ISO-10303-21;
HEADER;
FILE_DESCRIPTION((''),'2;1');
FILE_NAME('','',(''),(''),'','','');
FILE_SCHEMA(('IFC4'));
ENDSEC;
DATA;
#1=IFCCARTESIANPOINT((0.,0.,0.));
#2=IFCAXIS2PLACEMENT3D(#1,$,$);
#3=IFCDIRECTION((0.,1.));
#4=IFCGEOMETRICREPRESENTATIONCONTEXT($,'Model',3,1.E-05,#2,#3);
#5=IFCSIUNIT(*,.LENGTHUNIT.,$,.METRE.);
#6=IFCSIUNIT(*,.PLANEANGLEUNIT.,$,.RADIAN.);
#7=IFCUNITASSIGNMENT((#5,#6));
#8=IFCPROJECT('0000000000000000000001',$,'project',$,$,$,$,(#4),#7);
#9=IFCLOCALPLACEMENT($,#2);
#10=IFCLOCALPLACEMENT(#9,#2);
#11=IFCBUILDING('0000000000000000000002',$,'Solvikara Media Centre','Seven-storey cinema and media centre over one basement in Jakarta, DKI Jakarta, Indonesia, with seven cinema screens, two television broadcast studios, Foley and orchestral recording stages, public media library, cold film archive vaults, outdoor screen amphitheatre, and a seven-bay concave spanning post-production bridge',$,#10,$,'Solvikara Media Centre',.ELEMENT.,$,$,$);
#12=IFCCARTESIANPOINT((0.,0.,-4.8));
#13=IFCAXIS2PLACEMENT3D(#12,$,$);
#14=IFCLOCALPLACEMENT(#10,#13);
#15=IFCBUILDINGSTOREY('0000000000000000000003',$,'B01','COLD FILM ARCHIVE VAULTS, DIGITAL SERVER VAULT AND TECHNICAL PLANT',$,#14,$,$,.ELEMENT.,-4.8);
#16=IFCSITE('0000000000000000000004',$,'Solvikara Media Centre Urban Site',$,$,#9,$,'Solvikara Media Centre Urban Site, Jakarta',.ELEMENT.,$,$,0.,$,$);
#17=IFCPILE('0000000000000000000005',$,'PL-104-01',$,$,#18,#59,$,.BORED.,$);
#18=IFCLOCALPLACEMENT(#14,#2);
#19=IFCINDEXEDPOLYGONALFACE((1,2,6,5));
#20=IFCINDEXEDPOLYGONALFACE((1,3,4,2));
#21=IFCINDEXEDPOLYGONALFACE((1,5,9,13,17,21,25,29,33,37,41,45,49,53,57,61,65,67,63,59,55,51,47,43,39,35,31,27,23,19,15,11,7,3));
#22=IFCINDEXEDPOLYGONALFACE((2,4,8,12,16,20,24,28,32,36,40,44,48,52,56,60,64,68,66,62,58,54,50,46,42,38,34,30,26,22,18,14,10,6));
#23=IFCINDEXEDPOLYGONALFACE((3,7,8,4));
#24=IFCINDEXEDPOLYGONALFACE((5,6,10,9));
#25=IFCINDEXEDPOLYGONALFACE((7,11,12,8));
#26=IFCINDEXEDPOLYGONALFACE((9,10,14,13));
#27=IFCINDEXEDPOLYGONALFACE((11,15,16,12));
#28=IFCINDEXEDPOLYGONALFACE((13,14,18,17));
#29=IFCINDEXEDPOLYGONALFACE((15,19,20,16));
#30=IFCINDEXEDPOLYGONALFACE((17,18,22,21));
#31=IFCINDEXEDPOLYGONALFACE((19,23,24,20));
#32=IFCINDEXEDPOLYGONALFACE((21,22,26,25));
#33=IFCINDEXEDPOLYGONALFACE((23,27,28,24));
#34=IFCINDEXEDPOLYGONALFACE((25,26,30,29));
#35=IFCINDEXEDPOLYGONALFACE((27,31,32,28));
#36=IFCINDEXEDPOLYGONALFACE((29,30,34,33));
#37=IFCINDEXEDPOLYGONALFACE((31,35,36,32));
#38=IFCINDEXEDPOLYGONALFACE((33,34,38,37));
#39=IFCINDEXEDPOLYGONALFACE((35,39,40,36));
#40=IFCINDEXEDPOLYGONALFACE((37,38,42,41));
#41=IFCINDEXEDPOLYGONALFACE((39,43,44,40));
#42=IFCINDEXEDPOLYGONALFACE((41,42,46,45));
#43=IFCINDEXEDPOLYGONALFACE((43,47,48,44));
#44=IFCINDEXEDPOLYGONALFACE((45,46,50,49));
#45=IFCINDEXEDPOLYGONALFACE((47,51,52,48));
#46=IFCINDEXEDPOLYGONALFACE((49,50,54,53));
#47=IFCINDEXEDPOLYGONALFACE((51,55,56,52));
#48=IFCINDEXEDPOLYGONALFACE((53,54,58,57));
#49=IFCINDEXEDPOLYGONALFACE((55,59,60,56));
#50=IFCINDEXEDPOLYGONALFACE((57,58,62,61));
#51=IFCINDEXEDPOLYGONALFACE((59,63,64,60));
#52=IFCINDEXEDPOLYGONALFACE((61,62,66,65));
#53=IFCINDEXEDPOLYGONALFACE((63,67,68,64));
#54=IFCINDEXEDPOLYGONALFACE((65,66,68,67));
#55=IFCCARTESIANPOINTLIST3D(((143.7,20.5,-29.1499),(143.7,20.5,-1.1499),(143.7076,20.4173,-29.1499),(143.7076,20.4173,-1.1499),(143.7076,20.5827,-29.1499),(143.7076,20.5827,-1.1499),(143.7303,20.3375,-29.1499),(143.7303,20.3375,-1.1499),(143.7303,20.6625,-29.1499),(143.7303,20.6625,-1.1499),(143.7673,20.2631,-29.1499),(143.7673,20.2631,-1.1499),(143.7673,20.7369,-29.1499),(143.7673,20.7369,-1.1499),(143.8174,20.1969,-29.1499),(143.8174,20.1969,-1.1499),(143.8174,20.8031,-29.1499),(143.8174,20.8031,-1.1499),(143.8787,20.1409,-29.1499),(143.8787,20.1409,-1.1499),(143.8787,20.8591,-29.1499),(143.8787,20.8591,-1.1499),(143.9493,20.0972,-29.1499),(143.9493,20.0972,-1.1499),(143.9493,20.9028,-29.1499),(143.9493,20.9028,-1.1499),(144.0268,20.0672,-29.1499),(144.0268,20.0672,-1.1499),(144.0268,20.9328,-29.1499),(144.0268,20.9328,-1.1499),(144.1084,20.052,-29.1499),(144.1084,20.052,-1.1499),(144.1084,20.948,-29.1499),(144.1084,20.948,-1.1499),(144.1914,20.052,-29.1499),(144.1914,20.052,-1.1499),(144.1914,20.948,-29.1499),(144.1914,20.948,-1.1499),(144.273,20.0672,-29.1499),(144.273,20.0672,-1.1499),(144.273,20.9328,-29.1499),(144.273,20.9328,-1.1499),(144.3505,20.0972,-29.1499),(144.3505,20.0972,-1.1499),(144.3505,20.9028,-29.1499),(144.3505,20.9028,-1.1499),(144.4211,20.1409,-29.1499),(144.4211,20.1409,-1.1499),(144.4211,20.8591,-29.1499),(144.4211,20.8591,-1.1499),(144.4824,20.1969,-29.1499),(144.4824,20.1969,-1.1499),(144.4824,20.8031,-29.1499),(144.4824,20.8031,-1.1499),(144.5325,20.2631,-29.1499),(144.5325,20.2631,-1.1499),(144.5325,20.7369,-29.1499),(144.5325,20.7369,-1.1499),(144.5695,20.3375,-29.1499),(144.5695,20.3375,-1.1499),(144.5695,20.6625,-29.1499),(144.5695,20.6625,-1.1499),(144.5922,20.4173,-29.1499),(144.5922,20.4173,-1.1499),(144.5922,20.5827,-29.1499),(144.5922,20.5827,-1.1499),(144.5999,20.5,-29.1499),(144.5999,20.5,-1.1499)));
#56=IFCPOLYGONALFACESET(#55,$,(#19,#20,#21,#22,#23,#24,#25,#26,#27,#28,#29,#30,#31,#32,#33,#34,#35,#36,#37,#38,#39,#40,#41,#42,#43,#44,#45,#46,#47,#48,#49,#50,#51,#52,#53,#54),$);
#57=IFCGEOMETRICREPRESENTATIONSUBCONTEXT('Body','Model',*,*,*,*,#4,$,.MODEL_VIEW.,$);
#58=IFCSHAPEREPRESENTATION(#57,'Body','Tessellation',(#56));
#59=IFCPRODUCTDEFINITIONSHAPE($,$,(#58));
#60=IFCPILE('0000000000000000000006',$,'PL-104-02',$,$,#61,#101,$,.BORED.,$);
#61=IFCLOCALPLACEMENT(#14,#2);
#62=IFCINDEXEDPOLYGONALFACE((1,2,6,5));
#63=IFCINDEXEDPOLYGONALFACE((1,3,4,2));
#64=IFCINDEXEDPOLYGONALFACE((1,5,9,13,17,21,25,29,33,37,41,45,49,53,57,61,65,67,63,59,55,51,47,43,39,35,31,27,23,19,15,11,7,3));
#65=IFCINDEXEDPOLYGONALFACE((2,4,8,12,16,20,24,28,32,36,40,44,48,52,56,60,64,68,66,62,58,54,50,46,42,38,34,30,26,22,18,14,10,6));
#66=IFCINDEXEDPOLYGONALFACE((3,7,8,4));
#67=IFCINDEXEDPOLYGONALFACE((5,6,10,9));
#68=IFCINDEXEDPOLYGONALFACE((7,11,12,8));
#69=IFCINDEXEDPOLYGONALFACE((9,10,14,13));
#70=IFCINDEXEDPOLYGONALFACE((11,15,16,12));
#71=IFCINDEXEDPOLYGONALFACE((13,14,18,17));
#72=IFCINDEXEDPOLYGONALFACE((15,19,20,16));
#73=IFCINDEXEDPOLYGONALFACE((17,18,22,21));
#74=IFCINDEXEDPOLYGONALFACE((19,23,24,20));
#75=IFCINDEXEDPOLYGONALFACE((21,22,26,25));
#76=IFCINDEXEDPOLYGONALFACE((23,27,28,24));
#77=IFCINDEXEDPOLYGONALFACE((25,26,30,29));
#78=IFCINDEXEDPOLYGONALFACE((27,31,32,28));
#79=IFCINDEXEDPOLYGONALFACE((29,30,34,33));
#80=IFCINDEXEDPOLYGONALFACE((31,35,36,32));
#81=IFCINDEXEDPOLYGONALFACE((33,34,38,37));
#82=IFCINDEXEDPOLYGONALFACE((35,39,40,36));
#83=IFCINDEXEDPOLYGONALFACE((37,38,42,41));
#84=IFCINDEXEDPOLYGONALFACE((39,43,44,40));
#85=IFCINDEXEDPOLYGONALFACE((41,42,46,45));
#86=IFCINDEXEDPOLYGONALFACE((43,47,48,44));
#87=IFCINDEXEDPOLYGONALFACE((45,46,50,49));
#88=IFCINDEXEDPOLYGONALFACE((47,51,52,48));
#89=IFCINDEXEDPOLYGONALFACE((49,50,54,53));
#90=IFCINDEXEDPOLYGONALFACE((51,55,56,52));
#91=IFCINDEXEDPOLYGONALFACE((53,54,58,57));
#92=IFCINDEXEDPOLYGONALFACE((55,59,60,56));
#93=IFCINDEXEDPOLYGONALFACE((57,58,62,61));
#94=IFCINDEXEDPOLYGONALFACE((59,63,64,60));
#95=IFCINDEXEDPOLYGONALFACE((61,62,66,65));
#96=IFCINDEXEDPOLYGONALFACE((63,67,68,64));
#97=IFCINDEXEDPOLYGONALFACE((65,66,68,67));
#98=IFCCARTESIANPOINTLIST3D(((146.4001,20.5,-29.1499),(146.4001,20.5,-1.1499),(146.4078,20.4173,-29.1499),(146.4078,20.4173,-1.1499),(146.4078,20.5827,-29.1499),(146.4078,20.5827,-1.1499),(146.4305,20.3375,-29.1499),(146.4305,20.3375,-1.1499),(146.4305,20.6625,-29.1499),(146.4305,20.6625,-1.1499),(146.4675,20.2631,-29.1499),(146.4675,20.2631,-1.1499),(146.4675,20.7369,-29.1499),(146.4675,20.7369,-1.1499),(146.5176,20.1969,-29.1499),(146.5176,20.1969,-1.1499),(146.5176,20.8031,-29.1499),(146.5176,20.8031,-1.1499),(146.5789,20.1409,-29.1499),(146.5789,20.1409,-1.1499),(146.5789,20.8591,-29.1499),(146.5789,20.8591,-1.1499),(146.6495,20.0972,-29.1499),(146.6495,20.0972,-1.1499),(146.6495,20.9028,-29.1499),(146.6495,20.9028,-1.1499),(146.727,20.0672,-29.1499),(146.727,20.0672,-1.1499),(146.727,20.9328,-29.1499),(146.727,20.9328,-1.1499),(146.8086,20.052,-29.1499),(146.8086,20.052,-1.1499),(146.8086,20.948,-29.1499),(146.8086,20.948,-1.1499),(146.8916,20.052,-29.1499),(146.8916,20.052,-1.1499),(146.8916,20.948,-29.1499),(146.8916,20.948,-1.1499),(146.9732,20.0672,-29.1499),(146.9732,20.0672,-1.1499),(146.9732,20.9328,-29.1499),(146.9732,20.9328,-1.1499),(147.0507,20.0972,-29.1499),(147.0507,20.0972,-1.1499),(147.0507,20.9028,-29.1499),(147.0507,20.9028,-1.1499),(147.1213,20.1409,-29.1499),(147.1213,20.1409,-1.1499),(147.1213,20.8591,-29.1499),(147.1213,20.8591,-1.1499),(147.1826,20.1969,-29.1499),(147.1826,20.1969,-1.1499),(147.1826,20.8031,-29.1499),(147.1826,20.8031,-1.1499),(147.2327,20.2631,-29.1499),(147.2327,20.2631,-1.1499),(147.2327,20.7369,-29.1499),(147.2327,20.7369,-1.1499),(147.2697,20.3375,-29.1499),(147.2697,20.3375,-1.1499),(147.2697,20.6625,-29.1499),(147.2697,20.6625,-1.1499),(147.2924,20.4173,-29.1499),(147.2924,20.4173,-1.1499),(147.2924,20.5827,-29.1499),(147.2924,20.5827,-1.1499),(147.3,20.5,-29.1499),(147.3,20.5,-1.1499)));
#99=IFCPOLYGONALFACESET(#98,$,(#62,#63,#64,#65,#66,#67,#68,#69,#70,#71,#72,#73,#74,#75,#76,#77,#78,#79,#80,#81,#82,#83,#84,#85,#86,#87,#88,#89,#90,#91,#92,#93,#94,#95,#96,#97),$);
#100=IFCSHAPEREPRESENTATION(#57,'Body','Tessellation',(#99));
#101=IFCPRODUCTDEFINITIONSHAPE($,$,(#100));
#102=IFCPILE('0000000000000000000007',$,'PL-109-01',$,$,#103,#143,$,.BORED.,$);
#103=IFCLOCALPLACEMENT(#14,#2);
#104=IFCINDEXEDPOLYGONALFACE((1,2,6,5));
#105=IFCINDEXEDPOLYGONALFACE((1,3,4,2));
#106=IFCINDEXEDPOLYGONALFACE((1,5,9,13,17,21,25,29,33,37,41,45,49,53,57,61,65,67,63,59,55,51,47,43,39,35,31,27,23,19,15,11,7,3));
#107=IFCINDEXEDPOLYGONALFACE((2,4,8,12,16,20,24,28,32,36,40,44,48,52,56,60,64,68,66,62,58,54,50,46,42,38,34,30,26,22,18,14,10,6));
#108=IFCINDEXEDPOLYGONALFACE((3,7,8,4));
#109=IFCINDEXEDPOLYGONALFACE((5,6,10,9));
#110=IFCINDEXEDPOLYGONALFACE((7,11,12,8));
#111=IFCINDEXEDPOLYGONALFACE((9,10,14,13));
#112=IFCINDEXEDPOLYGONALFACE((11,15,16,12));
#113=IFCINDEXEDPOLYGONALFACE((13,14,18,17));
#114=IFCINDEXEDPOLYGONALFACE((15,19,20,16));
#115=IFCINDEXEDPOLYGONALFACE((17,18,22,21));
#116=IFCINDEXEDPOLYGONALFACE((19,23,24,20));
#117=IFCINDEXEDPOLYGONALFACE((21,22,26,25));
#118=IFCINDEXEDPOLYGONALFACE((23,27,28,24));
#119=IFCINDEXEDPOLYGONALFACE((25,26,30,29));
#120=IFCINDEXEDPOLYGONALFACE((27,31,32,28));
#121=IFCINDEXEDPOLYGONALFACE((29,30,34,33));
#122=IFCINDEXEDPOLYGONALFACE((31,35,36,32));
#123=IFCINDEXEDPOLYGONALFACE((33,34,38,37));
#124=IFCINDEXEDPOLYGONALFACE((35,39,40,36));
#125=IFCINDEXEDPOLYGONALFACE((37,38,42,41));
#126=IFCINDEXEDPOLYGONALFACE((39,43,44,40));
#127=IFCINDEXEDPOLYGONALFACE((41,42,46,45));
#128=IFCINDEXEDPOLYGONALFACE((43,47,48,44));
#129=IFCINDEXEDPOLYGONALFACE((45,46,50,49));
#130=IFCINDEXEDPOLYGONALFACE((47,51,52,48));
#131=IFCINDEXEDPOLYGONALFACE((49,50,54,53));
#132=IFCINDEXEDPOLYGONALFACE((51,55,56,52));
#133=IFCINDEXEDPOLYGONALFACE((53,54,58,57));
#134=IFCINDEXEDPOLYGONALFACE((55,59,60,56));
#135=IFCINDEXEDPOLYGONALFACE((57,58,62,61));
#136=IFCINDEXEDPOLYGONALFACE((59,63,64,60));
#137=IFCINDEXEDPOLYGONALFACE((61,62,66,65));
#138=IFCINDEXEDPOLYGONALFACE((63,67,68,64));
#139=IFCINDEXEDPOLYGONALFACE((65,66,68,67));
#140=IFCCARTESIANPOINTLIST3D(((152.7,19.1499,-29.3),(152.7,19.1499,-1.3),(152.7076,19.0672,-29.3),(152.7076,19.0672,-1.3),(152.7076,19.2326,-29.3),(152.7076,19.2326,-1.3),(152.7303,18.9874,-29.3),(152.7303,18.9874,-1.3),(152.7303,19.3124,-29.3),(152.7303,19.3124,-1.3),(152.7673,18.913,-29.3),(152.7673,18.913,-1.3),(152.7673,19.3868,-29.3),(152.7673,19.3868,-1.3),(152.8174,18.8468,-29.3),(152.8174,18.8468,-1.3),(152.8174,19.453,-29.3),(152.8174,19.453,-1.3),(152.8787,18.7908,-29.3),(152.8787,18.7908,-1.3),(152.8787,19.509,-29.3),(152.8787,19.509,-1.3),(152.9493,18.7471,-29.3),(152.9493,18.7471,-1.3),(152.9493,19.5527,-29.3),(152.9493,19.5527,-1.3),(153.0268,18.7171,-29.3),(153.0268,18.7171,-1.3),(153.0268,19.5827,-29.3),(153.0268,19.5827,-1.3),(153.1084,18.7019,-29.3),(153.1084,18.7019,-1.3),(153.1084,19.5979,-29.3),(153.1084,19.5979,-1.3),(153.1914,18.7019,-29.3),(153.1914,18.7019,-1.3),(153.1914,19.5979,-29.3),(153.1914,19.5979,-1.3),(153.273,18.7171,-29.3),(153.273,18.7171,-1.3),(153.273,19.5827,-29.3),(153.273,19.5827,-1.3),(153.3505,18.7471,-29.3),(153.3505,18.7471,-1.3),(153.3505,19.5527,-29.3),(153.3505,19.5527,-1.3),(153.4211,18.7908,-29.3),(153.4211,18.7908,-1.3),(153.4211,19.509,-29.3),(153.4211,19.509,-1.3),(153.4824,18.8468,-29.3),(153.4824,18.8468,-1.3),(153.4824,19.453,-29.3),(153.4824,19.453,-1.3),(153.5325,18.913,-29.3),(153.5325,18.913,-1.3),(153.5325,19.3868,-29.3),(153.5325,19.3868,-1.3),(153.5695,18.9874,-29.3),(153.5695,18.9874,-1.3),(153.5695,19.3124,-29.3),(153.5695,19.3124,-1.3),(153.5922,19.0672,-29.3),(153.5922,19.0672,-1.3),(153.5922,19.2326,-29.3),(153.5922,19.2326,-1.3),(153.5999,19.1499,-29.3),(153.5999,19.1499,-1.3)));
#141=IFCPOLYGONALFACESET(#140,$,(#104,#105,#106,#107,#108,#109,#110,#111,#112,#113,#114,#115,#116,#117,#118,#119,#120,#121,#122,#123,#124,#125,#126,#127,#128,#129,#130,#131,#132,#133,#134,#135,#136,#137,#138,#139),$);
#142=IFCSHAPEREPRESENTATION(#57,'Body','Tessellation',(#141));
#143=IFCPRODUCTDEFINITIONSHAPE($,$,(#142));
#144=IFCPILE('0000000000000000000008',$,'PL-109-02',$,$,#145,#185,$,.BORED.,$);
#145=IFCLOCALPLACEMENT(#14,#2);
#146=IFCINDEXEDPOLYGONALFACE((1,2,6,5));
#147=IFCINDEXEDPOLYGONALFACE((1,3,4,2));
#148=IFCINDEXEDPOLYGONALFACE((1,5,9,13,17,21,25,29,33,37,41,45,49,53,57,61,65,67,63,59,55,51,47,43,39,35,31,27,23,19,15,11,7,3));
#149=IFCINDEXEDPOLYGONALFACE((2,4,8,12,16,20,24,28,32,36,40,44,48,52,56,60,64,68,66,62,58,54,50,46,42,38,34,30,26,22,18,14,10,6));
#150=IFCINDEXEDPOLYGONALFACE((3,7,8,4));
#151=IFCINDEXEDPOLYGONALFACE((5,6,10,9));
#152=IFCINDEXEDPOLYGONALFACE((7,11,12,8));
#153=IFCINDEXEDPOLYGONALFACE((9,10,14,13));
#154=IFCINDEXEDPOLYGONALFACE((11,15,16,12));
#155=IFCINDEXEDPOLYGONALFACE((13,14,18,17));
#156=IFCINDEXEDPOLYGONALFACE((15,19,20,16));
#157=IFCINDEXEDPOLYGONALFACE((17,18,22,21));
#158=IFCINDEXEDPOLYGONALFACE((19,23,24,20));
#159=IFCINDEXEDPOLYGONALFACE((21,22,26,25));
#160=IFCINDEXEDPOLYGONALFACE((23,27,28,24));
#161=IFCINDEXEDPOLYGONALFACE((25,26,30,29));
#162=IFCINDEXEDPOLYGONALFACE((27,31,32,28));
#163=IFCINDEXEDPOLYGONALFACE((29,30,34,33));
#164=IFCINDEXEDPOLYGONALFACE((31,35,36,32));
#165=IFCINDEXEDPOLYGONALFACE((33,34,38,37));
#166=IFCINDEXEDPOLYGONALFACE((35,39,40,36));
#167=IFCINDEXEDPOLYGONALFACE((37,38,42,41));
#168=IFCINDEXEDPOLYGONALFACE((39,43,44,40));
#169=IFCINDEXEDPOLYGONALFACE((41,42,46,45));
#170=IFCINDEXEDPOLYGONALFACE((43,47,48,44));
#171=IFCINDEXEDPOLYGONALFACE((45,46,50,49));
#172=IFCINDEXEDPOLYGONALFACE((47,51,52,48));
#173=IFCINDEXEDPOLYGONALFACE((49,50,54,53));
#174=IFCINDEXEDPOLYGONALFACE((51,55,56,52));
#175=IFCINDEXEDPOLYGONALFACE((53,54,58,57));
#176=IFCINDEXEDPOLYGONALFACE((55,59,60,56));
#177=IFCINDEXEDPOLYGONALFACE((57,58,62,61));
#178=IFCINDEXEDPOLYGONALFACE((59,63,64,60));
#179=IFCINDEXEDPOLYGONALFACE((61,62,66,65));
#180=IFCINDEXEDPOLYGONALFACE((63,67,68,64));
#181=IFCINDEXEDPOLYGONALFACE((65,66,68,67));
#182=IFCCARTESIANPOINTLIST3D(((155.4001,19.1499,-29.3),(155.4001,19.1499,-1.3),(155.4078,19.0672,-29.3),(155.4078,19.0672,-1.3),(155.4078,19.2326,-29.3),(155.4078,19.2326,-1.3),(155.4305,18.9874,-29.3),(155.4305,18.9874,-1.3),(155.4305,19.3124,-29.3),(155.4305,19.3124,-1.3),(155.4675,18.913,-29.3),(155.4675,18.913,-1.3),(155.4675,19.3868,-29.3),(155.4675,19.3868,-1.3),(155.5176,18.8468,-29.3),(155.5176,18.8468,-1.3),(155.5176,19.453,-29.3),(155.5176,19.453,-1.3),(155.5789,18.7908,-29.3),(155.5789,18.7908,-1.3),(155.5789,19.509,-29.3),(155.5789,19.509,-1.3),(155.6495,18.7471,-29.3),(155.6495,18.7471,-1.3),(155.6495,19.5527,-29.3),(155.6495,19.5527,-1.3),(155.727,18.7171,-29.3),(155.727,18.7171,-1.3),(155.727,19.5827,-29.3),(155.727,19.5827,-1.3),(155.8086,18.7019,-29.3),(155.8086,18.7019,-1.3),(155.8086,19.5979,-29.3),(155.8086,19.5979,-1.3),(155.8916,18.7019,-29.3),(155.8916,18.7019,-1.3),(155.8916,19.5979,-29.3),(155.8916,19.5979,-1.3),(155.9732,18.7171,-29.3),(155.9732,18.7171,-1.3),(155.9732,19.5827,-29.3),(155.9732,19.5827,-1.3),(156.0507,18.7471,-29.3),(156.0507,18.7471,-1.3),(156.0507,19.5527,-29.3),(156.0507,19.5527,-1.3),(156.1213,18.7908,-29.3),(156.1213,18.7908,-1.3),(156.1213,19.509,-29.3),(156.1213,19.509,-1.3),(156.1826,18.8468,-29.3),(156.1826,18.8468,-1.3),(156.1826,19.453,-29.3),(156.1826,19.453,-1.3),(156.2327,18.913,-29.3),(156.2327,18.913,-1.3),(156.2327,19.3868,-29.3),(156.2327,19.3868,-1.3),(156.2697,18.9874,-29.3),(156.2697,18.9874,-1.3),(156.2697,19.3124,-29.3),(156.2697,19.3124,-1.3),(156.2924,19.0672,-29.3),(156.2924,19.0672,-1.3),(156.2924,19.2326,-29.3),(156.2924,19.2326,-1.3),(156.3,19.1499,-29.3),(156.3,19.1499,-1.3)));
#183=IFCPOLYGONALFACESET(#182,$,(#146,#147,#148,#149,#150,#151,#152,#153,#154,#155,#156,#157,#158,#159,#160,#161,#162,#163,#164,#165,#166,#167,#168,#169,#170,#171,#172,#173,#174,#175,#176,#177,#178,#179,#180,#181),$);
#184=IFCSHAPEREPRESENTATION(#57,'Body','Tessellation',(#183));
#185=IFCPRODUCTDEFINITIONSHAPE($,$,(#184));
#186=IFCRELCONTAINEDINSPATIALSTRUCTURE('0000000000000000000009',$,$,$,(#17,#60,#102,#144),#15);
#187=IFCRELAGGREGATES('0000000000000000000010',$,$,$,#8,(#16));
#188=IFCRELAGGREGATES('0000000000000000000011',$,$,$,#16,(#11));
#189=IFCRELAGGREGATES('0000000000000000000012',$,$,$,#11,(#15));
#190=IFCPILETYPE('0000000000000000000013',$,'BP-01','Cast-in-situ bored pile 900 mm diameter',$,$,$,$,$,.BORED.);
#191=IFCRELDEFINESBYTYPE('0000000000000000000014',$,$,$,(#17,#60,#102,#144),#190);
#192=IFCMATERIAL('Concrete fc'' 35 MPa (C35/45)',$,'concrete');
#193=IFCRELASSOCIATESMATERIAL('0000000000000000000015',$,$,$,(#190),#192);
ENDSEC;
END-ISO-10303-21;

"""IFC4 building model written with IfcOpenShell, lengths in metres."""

from ifc_helpers import new_model, si_unit, direction, frame, origin, origin_2d, place, context, subcontext, project, spatial, circle, extrude, material, material_profile, profile_set, type_object, element, save


model = new_model("IFC4")

# Units and contexts
model_context = context("Model", 3, precision=1e-05, world=origin(), true_north=direction((0.0, 1.0)))
body_context = subcontext(model_context, "Body", "Model", "MODEL_VIEW")
ifc_project = project(units=[si_unit("LENGTHUNIT", "METRE"), si_unit("PLANEANGLEUNIT", "RADIAN")], contexts=[model_context])

# Site, building, storey
site_placement = place(None, origin())
site = spatial("IfcSite", under=ifc_project, at=site_placement, Name="Solvikara Media Centre Urban Site", LongName="Solvikara Media Centre Urban Site, Jakarta", CompositionType="ELEMENT", RefElevation=0.0)
building_placement = place(site_placement, origin())
building = spatial("IfcBuilding", under=site, at=building_placement, Name="Solvikara Media Centre", Description="Seven-storey cinema and media centre over one basement in Jakarta, DKI Jakarta, Indonesia, with seven cinema screens, two television broadcast studios, Foley and orchestral recording stages, public media library, cold film archive vaults, outdoor screen amphitheatre, and a seven-bay concave spanning post-production bridge", LongName="Solvikara Media Centre", CompositionType="ELEMENT")
storey_placement = place(building_placement, frame((0.0, 0.0, -4.8)))
storey = spatial("IfcBuildingStorey", under=building, at=storey_placement, Name="B01", Description="COLD FILM ARCHIVE VAULTS, DIGITAL SERVER VAULT AND TECHNICAL PLANT", CompositionType="ELEMENT", Elevation=-4.8)

# Piles
ifc_material_1 = material(Name="Concrete fc' 35 MPa (C35/45)", Category="concrete")
ifc_material_profile_1 = material_profile(ifc_material_1, circle(Radius=0.45, at=origin_2d()), Name="BORED PILE D900")
ifc_profile_set_1 = profile_set([ifc_material_profile_1], Name="Concrete fc' 35 MPa (C35/45)")
pile_type_1 = type_object("IfcPileType", Name="BP-01", Description="Cast-in-situ bored pile 900 mm diameter", PredefinedType="BORED", material=ifc_profile_set_1)
for number, where, z_axis, x_axis, name in (
    (1, (144.1499, 20.5, -1.1499), (0.0, 0.0, -1.0), (1.0, 0.0, 0.0), "PL-104-01"),
    (2, (146.8501, 20.5, -1.1499), (0.0, 0.0, -1.0), (1.0, 0.0, 0.0), "PL-104-02"),
    (3, (153.1499, 19.1499, -1.3), (0.0, 0.0, -1.0), (1.0, 0.0, 0.0), "PL-109-01"),
    (4, (155.8501, 19.1499, -1.3), (0.0, 0.0, -1.0), (1.0, 0.0, 0.0), "PL-109-02"),
):
    element("IfcPile", number, at=place(storey_placement, frame(where, z_axis=z_axis, x_axis=x_axis)), inside=storey, type_object=pile_type_1, Name=name, PredefinedType="BORED", context=body_context, shape_type="SweptSolid", body=[
        extrude(circle(Radius=0.45, at=origin_2d()), origin(), (0.0, 0.0, 1.0), 28.0),
    ])

save(model, "model.ifc")
